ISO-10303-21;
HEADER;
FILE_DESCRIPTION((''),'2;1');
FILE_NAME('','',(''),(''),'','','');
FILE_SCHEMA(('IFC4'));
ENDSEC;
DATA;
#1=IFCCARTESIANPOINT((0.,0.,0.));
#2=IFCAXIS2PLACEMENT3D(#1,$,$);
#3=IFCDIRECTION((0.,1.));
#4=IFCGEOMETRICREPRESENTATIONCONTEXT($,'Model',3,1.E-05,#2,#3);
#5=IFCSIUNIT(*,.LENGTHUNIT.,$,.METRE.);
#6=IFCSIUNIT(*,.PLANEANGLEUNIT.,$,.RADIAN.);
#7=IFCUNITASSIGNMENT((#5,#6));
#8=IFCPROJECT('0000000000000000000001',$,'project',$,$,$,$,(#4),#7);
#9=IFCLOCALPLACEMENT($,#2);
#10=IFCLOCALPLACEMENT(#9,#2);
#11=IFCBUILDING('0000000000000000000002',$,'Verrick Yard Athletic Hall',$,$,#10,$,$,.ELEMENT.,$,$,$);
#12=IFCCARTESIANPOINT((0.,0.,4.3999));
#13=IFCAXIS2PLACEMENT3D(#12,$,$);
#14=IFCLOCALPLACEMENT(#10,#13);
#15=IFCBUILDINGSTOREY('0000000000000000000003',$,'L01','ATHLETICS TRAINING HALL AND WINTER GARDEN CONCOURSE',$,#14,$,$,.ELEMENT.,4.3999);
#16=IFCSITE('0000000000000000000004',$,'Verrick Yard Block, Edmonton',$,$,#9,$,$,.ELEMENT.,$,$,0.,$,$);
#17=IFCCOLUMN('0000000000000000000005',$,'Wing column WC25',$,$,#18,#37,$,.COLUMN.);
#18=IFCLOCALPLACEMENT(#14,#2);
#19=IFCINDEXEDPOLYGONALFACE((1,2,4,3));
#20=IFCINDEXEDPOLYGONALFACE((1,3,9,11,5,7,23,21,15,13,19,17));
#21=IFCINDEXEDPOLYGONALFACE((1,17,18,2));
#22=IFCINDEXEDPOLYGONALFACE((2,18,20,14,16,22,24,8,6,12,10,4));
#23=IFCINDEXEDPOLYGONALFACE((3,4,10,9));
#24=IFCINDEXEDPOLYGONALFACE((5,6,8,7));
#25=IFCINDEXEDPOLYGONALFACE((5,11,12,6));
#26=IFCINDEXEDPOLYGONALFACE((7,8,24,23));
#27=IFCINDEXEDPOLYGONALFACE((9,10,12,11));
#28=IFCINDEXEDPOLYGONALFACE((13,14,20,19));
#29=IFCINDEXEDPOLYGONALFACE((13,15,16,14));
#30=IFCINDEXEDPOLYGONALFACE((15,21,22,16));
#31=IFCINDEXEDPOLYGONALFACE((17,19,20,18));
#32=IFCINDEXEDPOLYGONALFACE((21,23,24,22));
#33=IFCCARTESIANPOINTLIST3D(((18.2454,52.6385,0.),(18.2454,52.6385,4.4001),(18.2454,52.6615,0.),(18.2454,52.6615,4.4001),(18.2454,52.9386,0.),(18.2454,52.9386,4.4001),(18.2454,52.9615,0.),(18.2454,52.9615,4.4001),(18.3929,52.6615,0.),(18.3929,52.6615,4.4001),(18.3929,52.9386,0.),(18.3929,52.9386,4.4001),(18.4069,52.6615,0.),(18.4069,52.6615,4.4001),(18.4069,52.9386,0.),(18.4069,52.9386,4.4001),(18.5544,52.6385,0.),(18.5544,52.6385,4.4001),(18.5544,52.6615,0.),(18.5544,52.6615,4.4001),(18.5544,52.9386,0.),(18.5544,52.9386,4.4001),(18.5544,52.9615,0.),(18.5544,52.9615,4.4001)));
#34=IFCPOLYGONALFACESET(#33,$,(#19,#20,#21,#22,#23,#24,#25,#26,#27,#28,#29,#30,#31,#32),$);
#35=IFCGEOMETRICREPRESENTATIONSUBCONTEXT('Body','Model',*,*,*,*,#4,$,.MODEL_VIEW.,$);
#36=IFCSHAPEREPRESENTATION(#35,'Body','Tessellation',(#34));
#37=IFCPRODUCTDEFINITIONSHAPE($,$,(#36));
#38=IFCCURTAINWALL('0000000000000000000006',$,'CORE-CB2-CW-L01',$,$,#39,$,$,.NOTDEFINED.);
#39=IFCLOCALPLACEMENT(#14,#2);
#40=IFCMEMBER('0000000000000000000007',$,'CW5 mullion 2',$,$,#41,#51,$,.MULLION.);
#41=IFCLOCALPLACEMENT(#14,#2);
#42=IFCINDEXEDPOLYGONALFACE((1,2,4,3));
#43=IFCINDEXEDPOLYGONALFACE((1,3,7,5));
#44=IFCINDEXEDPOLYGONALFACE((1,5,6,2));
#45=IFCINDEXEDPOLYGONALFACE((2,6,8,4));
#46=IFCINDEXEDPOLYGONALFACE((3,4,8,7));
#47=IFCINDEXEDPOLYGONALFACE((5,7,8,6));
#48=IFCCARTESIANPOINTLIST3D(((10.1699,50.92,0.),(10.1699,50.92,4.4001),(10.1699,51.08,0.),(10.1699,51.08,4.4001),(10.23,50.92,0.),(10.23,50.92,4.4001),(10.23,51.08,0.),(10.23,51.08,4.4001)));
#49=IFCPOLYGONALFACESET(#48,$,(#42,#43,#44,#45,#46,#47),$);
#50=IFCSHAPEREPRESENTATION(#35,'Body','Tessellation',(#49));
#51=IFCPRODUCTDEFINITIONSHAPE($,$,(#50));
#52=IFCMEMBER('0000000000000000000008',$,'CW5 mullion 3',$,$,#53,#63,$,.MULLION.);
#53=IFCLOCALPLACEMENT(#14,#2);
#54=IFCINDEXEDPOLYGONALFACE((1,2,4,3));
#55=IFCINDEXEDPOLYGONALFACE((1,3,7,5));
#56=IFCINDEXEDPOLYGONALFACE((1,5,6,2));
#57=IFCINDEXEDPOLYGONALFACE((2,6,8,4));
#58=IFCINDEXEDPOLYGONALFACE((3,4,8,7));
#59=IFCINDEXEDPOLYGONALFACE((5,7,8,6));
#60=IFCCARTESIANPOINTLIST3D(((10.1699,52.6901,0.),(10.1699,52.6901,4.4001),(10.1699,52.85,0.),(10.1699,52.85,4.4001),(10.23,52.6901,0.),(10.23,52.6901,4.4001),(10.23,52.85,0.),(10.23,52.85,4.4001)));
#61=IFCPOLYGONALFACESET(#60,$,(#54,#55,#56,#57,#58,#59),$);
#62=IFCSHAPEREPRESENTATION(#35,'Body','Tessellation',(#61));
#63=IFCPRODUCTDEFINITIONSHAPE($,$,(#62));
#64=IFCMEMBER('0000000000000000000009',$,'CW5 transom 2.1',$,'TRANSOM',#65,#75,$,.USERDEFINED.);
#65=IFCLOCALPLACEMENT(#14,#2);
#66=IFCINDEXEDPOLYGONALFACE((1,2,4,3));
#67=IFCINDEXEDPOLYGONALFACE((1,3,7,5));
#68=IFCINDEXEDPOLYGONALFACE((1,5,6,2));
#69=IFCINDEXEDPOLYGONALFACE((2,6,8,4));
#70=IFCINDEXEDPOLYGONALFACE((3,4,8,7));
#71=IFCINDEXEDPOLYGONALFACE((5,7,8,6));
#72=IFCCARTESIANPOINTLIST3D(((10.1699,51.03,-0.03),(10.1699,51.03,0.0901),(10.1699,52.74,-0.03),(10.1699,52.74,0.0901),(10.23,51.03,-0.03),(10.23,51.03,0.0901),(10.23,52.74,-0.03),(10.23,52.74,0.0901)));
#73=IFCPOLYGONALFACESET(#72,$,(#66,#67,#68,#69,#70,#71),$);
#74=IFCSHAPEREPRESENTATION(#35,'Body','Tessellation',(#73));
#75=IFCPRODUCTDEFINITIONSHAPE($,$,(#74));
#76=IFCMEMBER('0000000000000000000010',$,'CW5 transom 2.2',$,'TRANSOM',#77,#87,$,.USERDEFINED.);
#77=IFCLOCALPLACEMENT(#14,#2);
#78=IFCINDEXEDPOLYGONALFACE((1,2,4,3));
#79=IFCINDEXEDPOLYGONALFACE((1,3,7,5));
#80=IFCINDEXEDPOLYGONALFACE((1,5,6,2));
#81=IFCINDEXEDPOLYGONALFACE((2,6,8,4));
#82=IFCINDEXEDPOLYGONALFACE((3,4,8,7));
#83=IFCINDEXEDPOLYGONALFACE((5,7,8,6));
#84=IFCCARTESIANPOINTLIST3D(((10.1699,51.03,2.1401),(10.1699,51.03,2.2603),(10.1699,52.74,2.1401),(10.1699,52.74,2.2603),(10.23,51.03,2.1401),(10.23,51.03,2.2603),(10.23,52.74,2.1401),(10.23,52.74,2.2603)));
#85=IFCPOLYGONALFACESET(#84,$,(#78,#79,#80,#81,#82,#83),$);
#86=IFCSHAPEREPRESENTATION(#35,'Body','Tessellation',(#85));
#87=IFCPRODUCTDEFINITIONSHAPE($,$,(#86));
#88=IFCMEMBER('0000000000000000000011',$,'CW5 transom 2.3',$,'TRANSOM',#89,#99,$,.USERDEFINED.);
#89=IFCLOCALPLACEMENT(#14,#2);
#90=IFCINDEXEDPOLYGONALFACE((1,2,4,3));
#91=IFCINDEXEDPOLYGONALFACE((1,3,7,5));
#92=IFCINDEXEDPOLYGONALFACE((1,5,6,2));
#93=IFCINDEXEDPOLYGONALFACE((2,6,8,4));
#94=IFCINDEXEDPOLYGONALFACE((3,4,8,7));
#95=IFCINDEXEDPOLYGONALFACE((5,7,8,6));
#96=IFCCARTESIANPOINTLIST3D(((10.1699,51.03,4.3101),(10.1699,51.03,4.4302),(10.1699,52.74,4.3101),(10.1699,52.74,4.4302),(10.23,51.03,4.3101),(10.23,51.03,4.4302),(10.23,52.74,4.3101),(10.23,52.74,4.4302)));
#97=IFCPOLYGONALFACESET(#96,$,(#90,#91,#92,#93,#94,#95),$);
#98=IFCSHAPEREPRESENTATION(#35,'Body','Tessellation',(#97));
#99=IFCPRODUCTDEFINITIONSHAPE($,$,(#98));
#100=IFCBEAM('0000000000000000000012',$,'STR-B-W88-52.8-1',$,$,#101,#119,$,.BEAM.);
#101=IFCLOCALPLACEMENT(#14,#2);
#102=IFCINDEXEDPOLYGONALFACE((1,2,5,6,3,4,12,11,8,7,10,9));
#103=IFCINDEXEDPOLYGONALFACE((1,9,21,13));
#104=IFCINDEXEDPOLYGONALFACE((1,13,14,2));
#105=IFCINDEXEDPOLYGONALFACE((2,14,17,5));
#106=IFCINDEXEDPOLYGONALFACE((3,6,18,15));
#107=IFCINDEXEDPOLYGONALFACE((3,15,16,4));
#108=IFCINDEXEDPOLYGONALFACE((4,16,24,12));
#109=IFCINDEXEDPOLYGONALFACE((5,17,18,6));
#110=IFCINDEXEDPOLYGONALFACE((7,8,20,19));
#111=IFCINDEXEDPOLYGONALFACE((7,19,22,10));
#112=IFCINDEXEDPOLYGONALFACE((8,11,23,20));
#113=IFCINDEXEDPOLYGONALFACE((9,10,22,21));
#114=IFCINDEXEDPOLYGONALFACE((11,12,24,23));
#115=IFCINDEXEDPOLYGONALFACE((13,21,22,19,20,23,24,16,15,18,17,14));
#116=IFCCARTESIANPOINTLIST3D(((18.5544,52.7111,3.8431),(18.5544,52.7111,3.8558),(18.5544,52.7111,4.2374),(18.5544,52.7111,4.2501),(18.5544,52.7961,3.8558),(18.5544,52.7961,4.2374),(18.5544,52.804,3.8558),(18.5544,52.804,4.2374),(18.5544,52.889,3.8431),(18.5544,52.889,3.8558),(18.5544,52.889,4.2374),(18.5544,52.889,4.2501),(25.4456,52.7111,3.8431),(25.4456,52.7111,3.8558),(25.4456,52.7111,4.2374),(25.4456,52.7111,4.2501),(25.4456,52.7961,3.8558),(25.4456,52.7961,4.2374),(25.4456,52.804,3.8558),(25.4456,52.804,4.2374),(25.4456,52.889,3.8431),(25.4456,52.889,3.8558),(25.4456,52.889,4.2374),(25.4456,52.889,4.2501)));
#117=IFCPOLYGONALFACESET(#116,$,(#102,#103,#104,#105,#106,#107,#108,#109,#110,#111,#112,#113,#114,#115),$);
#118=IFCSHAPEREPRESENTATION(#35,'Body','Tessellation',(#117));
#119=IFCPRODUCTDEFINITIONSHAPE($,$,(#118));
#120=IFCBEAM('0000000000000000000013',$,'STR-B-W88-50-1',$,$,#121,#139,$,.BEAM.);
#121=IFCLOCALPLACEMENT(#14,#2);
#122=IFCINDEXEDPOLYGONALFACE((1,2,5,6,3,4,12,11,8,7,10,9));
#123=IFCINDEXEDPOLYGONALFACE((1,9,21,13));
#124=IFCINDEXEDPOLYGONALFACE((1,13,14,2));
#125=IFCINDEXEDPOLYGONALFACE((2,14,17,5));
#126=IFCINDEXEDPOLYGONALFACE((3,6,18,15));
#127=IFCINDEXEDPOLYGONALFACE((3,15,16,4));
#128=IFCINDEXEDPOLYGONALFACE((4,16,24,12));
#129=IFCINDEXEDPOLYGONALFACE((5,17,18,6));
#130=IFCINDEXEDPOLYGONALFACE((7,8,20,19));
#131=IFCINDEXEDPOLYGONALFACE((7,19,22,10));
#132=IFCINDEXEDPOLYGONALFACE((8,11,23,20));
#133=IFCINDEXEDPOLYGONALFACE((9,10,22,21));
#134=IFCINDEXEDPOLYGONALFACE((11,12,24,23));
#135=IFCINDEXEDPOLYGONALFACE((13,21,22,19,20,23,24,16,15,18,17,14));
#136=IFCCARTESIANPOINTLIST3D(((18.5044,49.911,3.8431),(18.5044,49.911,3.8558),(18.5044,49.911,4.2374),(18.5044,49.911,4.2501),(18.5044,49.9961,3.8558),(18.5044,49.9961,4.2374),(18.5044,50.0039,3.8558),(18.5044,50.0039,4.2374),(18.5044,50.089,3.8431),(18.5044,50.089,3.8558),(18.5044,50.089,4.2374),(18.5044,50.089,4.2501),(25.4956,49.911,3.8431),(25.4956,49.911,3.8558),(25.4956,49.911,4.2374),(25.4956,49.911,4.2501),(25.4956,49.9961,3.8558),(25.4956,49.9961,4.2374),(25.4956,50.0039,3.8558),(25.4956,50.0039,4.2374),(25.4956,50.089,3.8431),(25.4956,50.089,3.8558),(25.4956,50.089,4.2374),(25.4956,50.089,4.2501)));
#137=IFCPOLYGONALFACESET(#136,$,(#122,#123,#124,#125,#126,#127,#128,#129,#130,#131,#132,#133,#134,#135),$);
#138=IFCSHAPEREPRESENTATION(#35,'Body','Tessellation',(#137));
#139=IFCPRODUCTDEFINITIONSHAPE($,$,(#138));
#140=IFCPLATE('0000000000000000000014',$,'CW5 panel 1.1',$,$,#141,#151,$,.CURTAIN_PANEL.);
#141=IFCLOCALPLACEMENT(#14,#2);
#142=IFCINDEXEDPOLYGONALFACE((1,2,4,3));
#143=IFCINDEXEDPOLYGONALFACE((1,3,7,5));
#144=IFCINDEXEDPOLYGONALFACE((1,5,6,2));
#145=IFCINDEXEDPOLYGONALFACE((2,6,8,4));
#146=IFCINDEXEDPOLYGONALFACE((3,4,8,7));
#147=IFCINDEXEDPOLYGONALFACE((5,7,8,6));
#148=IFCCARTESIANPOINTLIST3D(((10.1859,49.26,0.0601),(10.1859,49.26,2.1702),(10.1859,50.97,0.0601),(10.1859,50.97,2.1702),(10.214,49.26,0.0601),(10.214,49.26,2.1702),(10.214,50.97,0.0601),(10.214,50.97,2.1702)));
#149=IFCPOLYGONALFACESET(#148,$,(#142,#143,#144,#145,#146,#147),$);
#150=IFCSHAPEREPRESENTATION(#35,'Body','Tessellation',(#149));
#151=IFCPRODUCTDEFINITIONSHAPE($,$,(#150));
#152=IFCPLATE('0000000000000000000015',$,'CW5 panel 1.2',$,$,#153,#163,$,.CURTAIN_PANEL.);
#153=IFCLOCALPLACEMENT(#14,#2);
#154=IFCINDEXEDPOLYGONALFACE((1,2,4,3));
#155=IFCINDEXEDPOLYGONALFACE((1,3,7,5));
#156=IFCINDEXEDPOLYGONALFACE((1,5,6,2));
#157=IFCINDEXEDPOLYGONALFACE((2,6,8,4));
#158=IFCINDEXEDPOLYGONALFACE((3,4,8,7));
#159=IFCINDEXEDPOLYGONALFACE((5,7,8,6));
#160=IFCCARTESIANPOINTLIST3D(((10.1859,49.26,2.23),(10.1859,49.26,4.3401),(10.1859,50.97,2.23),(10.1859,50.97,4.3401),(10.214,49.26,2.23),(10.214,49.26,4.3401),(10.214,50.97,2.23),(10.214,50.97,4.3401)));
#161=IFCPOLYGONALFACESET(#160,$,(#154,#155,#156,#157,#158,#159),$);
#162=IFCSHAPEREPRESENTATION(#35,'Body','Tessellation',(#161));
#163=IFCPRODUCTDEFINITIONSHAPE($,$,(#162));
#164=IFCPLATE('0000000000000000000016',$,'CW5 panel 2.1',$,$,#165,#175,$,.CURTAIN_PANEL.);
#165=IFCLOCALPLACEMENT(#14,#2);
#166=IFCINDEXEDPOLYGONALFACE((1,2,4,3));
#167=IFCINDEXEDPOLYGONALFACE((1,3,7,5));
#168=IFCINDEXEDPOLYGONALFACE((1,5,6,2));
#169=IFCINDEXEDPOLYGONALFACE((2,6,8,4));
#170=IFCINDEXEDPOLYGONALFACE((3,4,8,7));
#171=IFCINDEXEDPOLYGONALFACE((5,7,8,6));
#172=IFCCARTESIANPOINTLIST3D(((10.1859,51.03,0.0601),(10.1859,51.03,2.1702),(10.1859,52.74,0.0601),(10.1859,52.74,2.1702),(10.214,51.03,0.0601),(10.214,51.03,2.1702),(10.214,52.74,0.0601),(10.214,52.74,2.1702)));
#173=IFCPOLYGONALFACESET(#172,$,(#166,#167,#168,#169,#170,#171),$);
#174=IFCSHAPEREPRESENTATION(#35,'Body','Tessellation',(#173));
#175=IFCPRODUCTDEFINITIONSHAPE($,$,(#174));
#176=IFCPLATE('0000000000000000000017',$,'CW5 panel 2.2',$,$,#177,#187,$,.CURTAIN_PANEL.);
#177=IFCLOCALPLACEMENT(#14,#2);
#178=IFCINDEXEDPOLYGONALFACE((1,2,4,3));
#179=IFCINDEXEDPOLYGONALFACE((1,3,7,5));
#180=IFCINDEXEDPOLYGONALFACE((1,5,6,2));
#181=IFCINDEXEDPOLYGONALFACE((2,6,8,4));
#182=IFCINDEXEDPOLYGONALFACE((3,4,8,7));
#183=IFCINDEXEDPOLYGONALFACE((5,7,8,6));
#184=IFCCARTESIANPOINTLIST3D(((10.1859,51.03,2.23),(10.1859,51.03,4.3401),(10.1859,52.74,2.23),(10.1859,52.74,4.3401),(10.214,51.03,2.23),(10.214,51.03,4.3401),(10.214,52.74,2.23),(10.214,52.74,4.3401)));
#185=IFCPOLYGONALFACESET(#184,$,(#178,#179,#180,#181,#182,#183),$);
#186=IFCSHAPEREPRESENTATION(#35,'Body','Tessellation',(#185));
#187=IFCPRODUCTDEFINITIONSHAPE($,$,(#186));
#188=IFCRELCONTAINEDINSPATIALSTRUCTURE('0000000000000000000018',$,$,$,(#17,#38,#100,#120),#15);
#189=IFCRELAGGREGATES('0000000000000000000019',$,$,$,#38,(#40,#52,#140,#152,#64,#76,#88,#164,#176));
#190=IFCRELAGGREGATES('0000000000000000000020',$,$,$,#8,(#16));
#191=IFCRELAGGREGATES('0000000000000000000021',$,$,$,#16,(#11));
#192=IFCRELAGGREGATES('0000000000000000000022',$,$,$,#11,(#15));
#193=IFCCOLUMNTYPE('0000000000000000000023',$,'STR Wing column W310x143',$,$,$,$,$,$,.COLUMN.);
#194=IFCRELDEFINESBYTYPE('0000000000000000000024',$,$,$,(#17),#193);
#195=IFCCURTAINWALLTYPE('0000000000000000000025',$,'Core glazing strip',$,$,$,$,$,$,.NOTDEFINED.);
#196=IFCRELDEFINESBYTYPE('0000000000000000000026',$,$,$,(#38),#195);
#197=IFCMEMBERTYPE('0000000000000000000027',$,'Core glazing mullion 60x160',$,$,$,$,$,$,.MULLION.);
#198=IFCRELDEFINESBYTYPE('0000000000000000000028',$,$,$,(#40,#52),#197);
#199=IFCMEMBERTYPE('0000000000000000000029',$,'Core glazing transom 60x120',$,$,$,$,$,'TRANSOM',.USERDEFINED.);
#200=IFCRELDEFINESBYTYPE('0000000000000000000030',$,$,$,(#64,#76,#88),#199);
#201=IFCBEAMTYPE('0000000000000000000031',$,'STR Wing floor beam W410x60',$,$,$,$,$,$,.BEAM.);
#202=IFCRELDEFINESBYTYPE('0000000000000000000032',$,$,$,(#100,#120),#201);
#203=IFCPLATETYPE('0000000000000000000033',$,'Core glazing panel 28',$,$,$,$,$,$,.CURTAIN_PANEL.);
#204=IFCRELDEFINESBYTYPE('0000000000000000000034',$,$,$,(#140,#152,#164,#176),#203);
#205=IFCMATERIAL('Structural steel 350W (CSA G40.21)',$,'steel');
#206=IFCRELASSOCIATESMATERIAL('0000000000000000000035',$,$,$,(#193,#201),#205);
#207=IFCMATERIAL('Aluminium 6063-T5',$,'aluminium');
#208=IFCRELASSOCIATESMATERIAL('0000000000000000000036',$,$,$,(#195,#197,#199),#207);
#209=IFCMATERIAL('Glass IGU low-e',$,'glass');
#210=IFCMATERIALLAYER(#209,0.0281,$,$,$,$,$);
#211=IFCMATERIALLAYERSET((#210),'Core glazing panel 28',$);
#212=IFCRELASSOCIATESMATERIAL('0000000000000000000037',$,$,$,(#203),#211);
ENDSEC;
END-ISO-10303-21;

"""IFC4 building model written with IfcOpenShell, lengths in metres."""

from ifc_helpers import new_model, si_unit, direction, frame, origin, origin_2d, place, context, subcontext, project, spatial, rectangle, i_section, extrude, material, layer, layer_set, material_profile, profile_set, type_object, element, aggregate, save


model = new_model("IFC4")

# Units and contexts
model_context = context("Model", 3, precision=1e-05, world=origin(), true_north=direction((0.0, 1.0)))
body_context = subcontext(model_context, "Body", "Model", "MODEL_VIEW")
ifc_project = project(units=[si_unit("LENGTHUNIT", "METRE"), si_unit("PLANEANGLEUNIT", "RADIAN")], contexts=[model_context])

# Site, building, storey
site_placement = place(None, origin())
site = spatial("IfcSite", under=ifc_project, at=site_placement, Name="Verrick Yard Block, Edmonton", CompositionType="ELEMENT", RefElevation=0.0)
building_placement = place(site_placement, origin())
building = spatial("IfcBuilding", under=site, at=building_placement, Name="Verrick Yard Athletic Hall", CompositionType="ELEMENT")
storey_placement = place(building_placement, frame((0.0, 0.0, 4.3999)))
storey = spatial("IfcBuildingStorey", under=building, at=storey_placement, Name="L01", Description="ATHLETICS TRAINING HALL AND WINTER GARDEN CONCOURSE", CompositionType="ELEMENT", Elevation=4.3999)

# Column
ifc_material_1 = material(Name="Structural steel 350W (CSA G40.21)", Category="steel")
ifc_material_profile_1 = material_profile(ifc_material_1, i_section(OverallWidth=0.3091, OverallDepth=0.323, WebThickness=0.0139, FlangeThickness=0.0229, at=origin_2d()), Name="W310x143")
ifc_profile_set_1 = profile_set([ifc_material_profile_1], Name="Structural steel 350W (CSA G40.21)")
column_type = type_object("IfcColumnType", Name="STR Wing column W310x143", PredefinedType="COLUMN", material=ifc_profile_set_1)
column_placement = place(storey_placement, frame((18.3999, 52.8, 0.0), z_axis=(0.0, 0.0, 1.0), x_axis=(1.0, 0.0, 0.0)))
element("IfcColumn", 1, at=column_placement, inside=storey, type_object=column_type, Name="Wing column WC25", PredefinedType="COLUMN", context=body_context, shape_type="SweptSolid", body=[
    extrude(i_section(OverallWidth=0.3091, OverallDepth=0.323, WebThickness=0.0139, FlangeThickness=0.0229, at=origin_2d()), origin(), (0.0, 0.0, 1.0), 4.4001),
])

# Curtain wall, members
ifc_material_2 = material(Name="Aluminium 6063-T5", Category="aluminium")
curtain_wall_type = type_object("IfcCurtainWallType", Name="Core glazing strip", PredefinedType="NOTDEFINED", material=ifc_material_2)
curtain_wall_placement = place(storey_placement, origin())
curtain_wall = element("IfcCurtainWall", 2, at=curtain_wall_placement, inside=storey, type_object=curtain_wall_type, Name="CORE-CB2-CW-L01", PredefinedType="NOTDEFINED")
ifc_material_profile_2 = material_profile(ifc_material_2, rectangle(XDim=0.0601, YDim=0.1599, at=origin_2d()), Name="Core glazing mullion 60x160")
ifc_profile_set_2 = profile_set([ifc_material_profile_2], Name="Aluminium 6063-T5")
member_type_1 = type_object("IfcMemberType", Name="Core glazing mullion 60x160", PredefinedType="MULLION", material=ifc_profile_set_2)
member_1_placement = place(storey_placement, frame((10.2, 51.0, 0.0), z_axis=(0.0, 0.0, 1.0), x_axis=(-1.0, 0.0, 0.0)))
member_1 = element("IfcMember", 3, at=member_1_placement, type_object=member_type_1, Name="CW5 mullion 2", PredefinedType="MULLION", context=body_context, shape_type="SweptSolid", body=[
    extrude(rectangle(XDim=0.0601, YDim=0.1599, at=origin_2d()), origin(), (0.0, 0.0, 1.0), 4.4001),
])
member_2_placement = place(storey_placement, frame((10.2, 52.77, 0.0), z_axis=(0.0, 0.0, 1.0), x_axis=(-1.0, 0.0, 0.0)))
member_2 = element("IfcMember", 4, at=member_2_placement, type_object=member_type_1, Name="CW5 mullion 3", PredefinedType="MULLION", context=body_context, shape_type="SweptSolid", body=[
    extrude(rectangle(XDim=0.0601, YDim=0.1599, at=origin_2d()), origin(), (0.0, 0.0, 1.0), 4.4001),
])
ifc_material_profile_3 = material_profile(ifc_material_2, rectangle(XDim=0.0601, YDim=0.1201, at=origin_2d()), Name="Core glazing transom 60x120")
ifc_profile_set_3 = profile_set([ifc_material_profile_3], Name="Aluminium 6063-T5")
member_type_2 = type_object("IfcMemberType", Name="Core glazing transom 60x120", ElementType="TRANSOM", PredefinedType="USERDEFINED", material=ifc_profile_set_3)
member_3_placement = place(storey_placement, frame((10.2, 51.03, 0.03), z_axis=(0.0, 1.0, 0.0), x_axis=(-1.0, 0.0, 0.0)))
member_3 = element("IfcMember", 5, at=member_3_placement, type_object=member_type_2, Name="CW5 transom 2.1", ObjectType="TRANSOM", PredefinedType="USERDEFINED", context=body_context, shape_type="SweptSolid", body=[
    extrude(rectangle(XDim=0.0601, YDim=0.1201, at=origin_2d()), origin(), (0.0, 0.0, 1.0), 1.71),
])
member_4_placement = place(storey_placement, frame((10.2, 51.03, 2.2002), z_axis=(0.0, 1.0, 0.0), x_axis=(-1.0, 0.0, 0.0)))
member_4 = element("IfcMember", 6, at=member_4_placement, type_object=member_type_2, Name="CW5 transom 2.2", ObjectType="TRANSOM", PredefinedType="USERDEFINED", context=body_context, shape_type="SweptSolid", body=[
    extrude(rectangle(XDim=0.0601, YDim=0.1201, at=origin_2d()), origin(), (0.0, 0.0, 1.0), 1.71),
])
member_5_placement = place(storey_placement, frame((10.2, 51.03, 4.3701), z_axis=(0.0, 1.0, 0.0), x_axis=(-1.0, 0.0, 0.0)))
member_5 = element("IfcMember", 7, at=member_5_placement, type_object=member_type_2, Name="CW5 transom 2.3", ObjectType="TRANSOM", PredefinedType="USERDEFINED", context=body_context, shape_type="SweptSolid", body=[
    extrude(rectangle(XDim=0.0601, YDim=0.1201, at=origin_2d()), origin(), (0.0, 0.0, 1.0), 1.71),
])

# Beams
ifc_material_profile_4 = material_profile(ifc_material_1, i_section(OverallWidth=0.178, OverallDepth=0.407, WebThickness=0.0078, FlangeThickness=0.0127, at=origin_2d()), Name="W410x60")
ifc_profile_set_4 = profile_set([ifc_material_profile_4], Name="Structural steel 350W (CSA G40.21)")
beam_type = type_object("IfcBeamType", Name="STR Wing floor beam W410x60", PredefinedType="BEAM", material=ifc_profile_set_4)
beam_1_placement = place(storey_placement, frame((18.5544, 52.8, 4.0466), z_axis=(1.0, 0.0, 0.0), x_axis=(0.0, 1.0, 0.0)))
element("IfcBeam", 8, at=beam_1_placement, inside=storey, type_object=beam_type, Name="STR-B-W88-52.8-1", PredefinedType="BEAM", context=body_context, shape_type="SweptSolid", body=[
    extrude(i_section(OverallWidth=0.178, OverallDepth=0.407, WebThickness=0.0078, FlangeThickness=0.0127, at=origin_2d()), origin(), (0.0, 0.0, 1.0), 6.8911),
])
beam_2_placement = place(storey_placement, frame((18.5044, 50.0, 4.0466), z_axis=(1.0, 0.0, 0.0), x_axis=(0.0, 1.0, 0.0)))
element("IfcBeam", 9, at=beam_2_placement, inside=storey, type_object=beam_type, Name="STR-B-W88-50-1", PredefinedType="BEAM", context=body_context, shape_type="SweptSolid", body=[
    extrude(i_section(OverallWidth=0.178, OverallDepth=0.407, WebThickness=0.0078, FlangeThickness=0.0127, at=origin_2d()), origin(), (0.0, 0.0, 1.0), 6.9912),
])

# Plates
ifc_material_3 = material(Name="Glass IGU low-e", Category="glass")
ifc_layer_1 = layer(ifc_material_3, 0.0281)
ifc_layer_set_1 = layer_set([ifc_layer_1], Name="Core glazing panel 28")
plate_type = type_object("IfcPlateType", Name="Core glazing panel 28", PredefinedType="CURTAIN_PANEL", material=ifc_layer_set_1)
plate_1_placement = place(storey_placement, frame((10.2, 50.115, 0.0601), z_axis=(0.0, 0.0, 1.0), x_axis=(0.0, 1.0, 0.0)))
plate_1 = element("IfcPlate", 10, at=plate_1_placement, type_object=plate_type, Name="CW5 panel 1.1", PredefinedType="CURTAIN_PANEL", context=body_context, shape_type="SweptSolid", body=[
    extrude(rectangle(XDim=1.71, YDim=0.0281, at=origin_2d()), origin(), (0.0, 0.0, 1.0), 2.1101),
])
plate_2_placement = place(storey_placement, frame((10.2, 50.115, 2.23), z_axis=(0.0, 0.0, 1.0), x_axis=(0.0, 1.0, 0.0)))
plate_2 = element("IfcPlate", 11, at=plate_2_placement, type_object=plate_type, Name="CW5 panel 1.2", PredefinedType="CURTAIN_PANEL", context=body_context, shape_type="SweptSolid", body=[
    extrude(rectangle(XDim=1.71, YDim=0.0281, at=origin_2d()), origin(), (0.0, 0.0, 1.0), 2.1101),
])
plate_3_placement = place(storey_placement, frame((10.2, 51.885, 0.0601), z_axis=(0.0, 0.0, 1.0), x_axis=(0.0, 1.0, 0.0)))
plate_3 = element("IfcPlate", 12, at=plate_3_placement, type_object=plate_type, Name="CW5 panel 2.1", PredefinedType="CURTAIN_PANEL", context=body_context, shape_type="SweptSolid", body=[
    extrude(rectangle(XDim=1.71, YDim=0.0281, at=origin_2d()), origin(), (0.0, 0.0, 1.0), 2.1101),
])
plate_4_placement = place(storey_placement, frame((10.2, 51.885, 2.23), z_axis=(0.0, 0.0, 1.0), x_axis=(0.0, 1.0, 0.0)))
plate_4 = element("IfcPlate", 13, at=plate_4_placement, type_object=plate_type, Name="CW5 panel 2.2", PredefinedType="CURTAIN_PANEL", context=body_context, shape_type="SweptSolid", body=[
    extrude(rectangle(XDim=1.71, YDim=0.0281, at=origin_2d()), origin(), (0.0, 0.0, 1.0), 2.1101),
])
aggregate(curtain_wall, [member_1, member_2, plate_1, plate_2, member_3, member_4, member_5, plate_3, plate_4])

save(model, "model.ifc")
